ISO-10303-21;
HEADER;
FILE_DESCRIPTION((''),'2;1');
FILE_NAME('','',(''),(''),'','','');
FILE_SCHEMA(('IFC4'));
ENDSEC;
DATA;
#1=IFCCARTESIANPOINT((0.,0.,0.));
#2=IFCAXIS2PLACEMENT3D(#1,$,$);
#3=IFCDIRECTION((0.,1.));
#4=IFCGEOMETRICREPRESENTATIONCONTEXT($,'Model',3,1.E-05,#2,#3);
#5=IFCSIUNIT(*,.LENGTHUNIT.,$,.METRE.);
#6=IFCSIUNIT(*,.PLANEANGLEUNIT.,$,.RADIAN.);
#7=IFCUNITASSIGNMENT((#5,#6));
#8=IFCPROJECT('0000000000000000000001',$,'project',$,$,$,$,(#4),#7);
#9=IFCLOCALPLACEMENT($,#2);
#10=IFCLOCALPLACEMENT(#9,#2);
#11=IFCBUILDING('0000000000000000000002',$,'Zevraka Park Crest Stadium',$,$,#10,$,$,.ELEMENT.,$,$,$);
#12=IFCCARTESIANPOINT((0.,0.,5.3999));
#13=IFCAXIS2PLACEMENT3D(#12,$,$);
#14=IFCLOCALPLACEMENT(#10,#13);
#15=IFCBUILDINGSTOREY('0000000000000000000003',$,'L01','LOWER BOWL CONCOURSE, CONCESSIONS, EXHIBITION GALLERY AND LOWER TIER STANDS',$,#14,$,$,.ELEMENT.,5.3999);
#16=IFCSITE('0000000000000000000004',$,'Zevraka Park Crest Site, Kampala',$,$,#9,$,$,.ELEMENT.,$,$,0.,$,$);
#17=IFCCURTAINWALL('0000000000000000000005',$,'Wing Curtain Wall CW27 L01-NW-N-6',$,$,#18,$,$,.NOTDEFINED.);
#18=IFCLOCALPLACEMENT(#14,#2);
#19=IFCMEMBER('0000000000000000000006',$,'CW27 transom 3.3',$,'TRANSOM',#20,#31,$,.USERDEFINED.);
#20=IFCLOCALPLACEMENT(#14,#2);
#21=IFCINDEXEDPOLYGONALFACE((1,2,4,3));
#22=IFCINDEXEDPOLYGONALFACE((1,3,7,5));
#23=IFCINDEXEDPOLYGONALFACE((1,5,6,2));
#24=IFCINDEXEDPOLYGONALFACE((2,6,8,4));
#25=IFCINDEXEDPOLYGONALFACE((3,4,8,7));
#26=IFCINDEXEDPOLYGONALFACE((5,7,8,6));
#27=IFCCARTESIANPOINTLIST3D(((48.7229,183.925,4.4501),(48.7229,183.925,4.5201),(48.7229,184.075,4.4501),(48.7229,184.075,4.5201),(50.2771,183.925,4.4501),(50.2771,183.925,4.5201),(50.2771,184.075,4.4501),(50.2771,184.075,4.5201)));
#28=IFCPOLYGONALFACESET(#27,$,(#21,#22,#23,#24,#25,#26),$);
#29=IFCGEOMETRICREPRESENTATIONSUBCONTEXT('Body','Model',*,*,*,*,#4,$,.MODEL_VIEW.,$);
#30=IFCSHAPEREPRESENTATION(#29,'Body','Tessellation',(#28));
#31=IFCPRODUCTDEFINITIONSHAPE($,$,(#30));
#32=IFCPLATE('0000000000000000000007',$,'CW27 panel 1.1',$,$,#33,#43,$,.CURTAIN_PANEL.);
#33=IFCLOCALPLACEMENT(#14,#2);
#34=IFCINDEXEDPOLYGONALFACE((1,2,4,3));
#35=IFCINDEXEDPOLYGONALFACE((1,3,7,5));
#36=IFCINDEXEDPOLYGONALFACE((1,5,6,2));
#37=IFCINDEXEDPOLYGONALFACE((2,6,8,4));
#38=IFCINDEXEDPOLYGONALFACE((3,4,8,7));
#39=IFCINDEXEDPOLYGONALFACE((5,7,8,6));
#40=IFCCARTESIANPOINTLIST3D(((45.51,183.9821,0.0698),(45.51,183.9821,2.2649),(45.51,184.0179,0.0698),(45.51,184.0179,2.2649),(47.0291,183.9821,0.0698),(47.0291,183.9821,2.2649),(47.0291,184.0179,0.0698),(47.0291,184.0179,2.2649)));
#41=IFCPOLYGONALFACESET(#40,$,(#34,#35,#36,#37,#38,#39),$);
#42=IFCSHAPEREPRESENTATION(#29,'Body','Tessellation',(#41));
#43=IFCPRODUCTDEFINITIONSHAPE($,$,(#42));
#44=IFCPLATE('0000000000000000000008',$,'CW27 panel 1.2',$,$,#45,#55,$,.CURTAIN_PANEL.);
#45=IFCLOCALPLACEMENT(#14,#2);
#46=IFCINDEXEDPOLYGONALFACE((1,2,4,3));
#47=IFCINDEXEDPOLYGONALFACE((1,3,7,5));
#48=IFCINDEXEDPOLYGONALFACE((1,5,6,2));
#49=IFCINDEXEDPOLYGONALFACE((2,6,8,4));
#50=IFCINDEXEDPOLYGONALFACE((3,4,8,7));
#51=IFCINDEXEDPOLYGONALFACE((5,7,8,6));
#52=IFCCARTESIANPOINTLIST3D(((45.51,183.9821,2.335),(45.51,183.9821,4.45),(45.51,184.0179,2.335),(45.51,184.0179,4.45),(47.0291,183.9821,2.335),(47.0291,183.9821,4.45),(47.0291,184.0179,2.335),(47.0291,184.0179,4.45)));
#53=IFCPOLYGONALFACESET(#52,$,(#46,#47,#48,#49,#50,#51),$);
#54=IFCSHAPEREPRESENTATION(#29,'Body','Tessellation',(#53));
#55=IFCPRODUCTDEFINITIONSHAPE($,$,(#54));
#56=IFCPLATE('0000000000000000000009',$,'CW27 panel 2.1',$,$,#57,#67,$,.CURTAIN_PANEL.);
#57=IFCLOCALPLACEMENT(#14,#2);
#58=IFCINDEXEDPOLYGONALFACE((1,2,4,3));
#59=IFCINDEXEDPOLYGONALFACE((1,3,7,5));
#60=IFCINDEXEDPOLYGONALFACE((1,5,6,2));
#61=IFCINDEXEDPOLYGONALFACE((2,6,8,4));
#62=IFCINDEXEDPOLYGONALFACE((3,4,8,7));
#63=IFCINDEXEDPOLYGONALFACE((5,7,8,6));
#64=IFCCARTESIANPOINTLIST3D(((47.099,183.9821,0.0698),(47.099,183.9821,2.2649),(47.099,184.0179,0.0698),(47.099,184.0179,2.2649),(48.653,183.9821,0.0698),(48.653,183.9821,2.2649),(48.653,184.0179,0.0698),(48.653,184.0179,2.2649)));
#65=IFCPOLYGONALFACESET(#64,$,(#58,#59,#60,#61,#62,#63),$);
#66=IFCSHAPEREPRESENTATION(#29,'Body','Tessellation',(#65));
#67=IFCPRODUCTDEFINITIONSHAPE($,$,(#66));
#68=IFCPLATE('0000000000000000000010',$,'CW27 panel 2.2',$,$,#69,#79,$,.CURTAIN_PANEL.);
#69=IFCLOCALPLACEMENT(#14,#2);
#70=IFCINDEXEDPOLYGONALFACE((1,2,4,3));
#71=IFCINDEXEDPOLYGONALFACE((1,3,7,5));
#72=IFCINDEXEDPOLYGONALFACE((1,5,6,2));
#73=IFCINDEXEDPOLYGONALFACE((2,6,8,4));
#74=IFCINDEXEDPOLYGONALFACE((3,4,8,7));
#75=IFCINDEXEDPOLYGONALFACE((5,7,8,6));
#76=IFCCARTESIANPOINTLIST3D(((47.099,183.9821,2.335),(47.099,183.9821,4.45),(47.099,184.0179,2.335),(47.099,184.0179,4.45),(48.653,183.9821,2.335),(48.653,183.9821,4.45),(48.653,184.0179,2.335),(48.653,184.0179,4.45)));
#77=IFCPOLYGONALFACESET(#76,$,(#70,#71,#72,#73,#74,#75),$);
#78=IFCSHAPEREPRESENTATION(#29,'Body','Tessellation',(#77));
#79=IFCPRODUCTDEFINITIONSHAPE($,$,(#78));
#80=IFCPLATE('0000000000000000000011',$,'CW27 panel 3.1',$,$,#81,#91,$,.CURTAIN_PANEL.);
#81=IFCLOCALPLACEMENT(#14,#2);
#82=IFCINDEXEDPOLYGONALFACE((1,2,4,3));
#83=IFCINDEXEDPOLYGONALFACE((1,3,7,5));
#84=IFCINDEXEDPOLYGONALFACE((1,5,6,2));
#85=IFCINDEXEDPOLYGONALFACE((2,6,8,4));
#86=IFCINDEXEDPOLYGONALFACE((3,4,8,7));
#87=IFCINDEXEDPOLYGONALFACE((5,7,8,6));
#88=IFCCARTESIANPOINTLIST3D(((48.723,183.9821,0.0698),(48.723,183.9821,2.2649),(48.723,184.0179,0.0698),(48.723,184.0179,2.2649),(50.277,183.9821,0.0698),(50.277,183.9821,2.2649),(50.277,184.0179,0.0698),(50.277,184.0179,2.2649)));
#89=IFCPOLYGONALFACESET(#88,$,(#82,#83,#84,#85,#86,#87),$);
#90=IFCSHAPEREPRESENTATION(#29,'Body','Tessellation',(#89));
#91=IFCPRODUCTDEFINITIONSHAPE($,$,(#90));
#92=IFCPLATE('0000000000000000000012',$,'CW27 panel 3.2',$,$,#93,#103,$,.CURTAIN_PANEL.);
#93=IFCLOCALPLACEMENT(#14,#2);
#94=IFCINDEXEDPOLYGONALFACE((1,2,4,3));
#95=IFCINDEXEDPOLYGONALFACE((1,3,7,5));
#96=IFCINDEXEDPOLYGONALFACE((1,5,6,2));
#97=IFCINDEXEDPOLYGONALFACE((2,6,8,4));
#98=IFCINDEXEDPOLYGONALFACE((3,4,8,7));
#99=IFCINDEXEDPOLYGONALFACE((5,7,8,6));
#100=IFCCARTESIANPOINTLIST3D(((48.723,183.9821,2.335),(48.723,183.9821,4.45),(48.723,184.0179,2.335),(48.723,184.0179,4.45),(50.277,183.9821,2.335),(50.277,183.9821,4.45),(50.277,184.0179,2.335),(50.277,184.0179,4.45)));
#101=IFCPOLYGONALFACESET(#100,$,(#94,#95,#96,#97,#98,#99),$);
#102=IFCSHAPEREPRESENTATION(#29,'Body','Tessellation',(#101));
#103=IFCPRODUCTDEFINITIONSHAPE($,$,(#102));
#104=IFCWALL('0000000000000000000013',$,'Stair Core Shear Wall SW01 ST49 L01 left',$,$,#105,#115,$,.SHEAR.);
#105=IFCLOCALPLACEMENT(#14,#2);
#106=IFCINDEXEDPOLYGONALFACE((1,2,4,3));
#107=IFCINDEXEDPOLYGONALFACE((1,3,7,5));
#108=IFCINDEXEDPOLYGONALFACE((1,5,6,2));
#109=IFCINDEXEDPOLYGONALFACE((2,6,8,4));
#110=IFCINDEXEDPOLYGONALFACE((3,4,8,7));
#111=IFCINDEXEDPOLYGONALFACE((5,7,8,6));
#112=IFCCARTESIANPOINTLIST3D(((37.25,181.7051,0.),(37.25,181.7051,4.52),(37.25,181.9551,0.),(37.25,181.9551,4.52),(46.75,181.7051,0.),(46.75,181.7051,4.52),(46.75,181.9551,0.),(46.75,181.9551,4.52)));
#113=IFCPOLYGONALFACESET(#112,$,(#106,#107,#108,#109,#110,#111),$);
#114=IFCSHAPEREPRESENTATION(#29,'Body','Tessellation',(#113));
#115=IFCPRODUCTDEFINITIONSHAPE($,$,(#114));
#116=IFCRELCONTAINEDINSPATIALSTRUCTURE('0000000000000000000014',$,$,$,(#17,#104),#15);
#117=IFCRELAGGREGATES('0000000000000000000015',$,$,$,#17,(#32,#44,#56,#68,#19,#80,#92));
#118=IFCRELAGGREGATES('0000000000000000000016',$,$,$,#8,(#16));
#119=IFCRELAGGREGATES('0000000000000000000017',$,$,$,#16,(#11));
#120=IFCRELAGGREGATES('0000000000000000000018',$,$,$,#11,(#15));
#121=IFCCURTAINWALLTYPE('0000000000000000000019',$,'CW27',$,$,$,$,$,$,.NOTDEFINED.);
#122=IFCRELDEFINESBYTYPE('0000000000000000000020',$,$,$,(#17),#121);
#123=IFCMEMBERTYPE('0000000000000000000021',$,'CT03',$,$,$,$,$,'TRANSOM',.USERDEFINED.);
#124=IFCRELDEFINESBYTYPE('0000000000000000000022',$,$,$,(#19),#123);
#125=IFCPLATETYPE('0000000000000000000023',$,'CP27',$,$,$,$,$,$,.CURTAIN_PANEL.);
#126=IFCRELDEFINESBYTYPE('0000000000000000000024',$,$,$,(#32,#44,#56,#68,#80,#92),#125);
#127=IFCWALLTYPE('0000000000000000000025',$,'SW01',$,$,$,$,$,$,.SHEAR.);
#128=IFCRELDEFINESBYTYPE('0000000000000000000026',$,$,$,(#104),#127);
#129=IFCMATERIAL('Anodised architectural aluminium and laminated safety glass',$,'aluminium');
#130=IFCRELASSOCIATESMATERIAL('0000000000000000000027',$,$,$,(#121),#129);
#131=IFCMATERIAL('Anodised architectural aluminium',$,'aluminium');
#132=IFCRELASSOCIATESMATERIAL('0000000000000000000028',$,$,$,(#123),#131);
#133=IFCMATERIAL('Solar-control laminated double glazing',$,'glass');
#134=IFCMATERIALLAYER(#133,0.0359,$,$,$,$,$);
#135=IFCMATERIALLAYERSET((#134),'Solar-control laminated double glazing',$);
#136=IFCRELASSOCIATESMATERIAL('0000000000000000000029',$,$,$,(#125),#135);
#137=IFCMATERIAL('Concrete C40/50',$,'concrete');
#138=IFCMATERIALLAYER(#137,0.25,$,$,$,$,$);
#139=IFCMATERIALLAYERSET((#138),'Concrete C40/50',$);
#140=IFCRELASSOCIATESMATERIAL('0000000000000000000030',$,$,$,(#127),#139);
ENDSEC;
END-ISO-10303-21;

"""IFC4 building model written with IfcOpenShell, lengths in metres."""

from ifc_helpers import new_model, si_unit, direction, frame, frame_2d, origin, origin_2d, place, context, subcontext, project, spatial, rectangle, extrude, material, layer, layer_set, material_profile, profile_set, type_object, element, aggregate, save


model = new_model("IFC4")

# Units and contexts
model_context = context("Model", 3, precision=1e-05, world=origin(), true_north=direction((0.0, 1.0)))
body_context = subcontext(model_context, "Body", "Model", "MODEL_VIEW")
ifc_project = project(units=[si_unit("LENGTHUNIT", "METRE"), si_unit("PLANEANGLEUNIT", "RADIAN")], contexts=[model_context])

# Site, building, storey
site_placement = place(None, origin())
site = spatial("IfcSite", under=ifc_project, at=site_placement, Name="Zevraka Park Crest Site, Kampala", CompositionType="ELEMENT", RefElevation=0.0)
building_placement = place(site_placement, origin())
building = spatial("IfcBuilding", under=site, at=building_placement, Name="Zevraka Park Crest Stadium", CompositionType="ELEMENT")
storey_placement = place(building_placement, frame((0.0, 0.0, 5.3999)))
storey = spatial("IfcBuildingStorey", under=building, at=storey_placement, Name="L01", Description="LOWER BOWL CONCOURSE, CONCESSIONS, EXHIBITION GALLERY AND LOWER TIER STANDS", CompositionType="ELEMENT", Elevation=5.3999)

# Curtain wall, member, plates
ifc_material_1 = material(Name="Anodised architectural aluminium and laminated safety glass", Category="aluminium")
curtain_wall_type = type_object("IfcCurtainWallType", Name="CW27", PredefinedType="NOTDEFINED", material=ifc_material_1)
curtain_wall_placement = place(storey_placement, origin())
curtain_wall = element("IfcCurtainWall", 1, at=curtain_wall_placement, inside=storey, type_object=curtain_wall_type, Name="Wing Curtain Wall CW27 L01-NW-N-6", PredefinedType="NOTDEFINED")
ifc_material_2 = material(Name="Anodised architectural aluminium", Category="aluminium")
ifc_material_profile_1 = material_profile(ifc_material_2, rectangle(XDim=0.1499, YDim=0.0701, at=origin_2d()), Name="ALU TRANSOM 150x70")
ifc_profile_set_1 = profile_set([ifc_material_profile_1], Name="Anodised architectural aluminium")
member_type_1 = type_object("IfcMemberType", Name="CT03", ElementType="TRANSOM", PredefinedType="USERDEFINED", material=ifc_profile_set_1)
member_1_placement = place(storey_placement, frame((48.7229, 184.0, 4.4851), z_axis=(1.0, 0.0, 0.0), x_axis=(0.0, 1.0, 0.0)))
member_1 = element("IfcMember", 2, at=member_1_placement, type_object=member_type_1, Name="CW27 transom 3.3", ObjectType="TRANSOM", PredefinedType="USERDEFINED", context=body_context, shape_type="SweptSolid", body=[
    extrude(rectangle(XDim=0.1499, YDim=0.0701, at=origin_2d()), origin(), (0.0, 0.0, 1.0), 1.5542),
])
ifc_material_3 = material(Name="Solar-control laminated double glazing", Category="glass")
ifc_layer_1 = layer(ifc_material_3, 0.0359)
ifc_layer_set_1 = layer_set([ifc_layer_1], Name="Solar-control laminated double glazing")
plate_type = type_object("IfcPlateType", Name="CP27", PredefinedType="CURTAIN_PANEL", material=ifc_layer_set_1)
plate_1_placement = place(storey_placement, frame((46.2695, 184.0, 0.0698), z_axis=(0.0, 0.0, 1.0), x_axis=(1.0, 0.0, 0.0)))
plate_1 = element("IfcPlate", 3, at=plate_1_placement, type_object=plate_type, Name="CW27 panel 1.1", PredefinedType="CURTAIN_PANEL", context=body_context, shape_type="SweptSolid", body=[
    extrude(rectangle(XDim=1.519, YDim=0.0359, at=origin_2d()), origin(), (0.0, 0.0, 1.0), 2.1951),
])
plate_2_placement = place(storey_placement, frame((46.2695, 184.0, 2.335), z_axis=(0.0, 0.0, 1.0), x_axis=(1.0, 0.0, 0.0)))
plate_2 = element("IfcPlate", 4, at=plate_2_placement, type_object=plate_type, Name="CW27 panel 1.2", PredefinedType="CURTAIN_PANEL", context=body_context, shape_type="SweptSolid", body=[
    extrude(rectangle(XDim=1.519, YDim=0.0359, at=origin_2d()), origin(), (0.0, 0.0, 1.0), 2.115),
])
plate_3_placement = place(storey_placement, frame((47.876, 184.0, 0.0698), z_axis=(0.0, 0.0, 1.0), x_axis=(1.0, 0.0, 0.0)))
plate_3 = element("IfcPlate", 5, at=plate_3_placement, type_object=plate_type, Name="CW27 panel 2.1", PredefinedType="CURTAIN_PANEL", context=body_context, shape_type="SweptSolid", body=[
    extrude(rectangle(XDim=1.554, YDim=0.0359, at=origin_2d()), origin(), (0.0, 0.0, 1.0), 2.1951),
])
plate_4_placement = place(storey_placement, frame((47.876, 184.0, 2.335), z_axis=(0.0, 0.0, 1.0), x_axis=(1.0, 0.0, 0.0)))
plate_4 = element("IfcPlate", 6, at=plate_4_placement, type_object=plate_type, Name="CW27 panel 2.2", PredefinedType="CURTAIN_PANEL", context=body_context, shape_type="SweptSolid", body=[
    extrude(rectangle(XDim=1.554, YDim=0.0359, at=origin_2d()), origin(), (0.0, 0.0, 1.0), 2.115),
])
plate_5_placement = place(storey_placement, frame((49.5, 184.0, 0.0698), z_axis=(0.0, 0.0, 1.0), x_axis=(1.0, 0.0, 0.0)))
plate_5 = element("IfcPlate", 7, at=plate_5_placement, type_object=plate_type, Name="CW27 panel 3.1", PredefinedType="CURTAIN_PANEL", context=body_context, shape_type="SweptSolid", body=[
    extrude(rectangle(XDim=1.554, YDim=0.0359, at=origin_2d()), origin(), (0.0, 0.0, 1.0), 2.1951),
])
plate_6_placement = place(storey_placement, frame((49.5, 184.0, 2.335), z_axis=(0.0, 0.0, 1.0), x_axis=(1.0, 0.0, 0.0)))
plate_6 = element("IfcPlate", 8, at=plate_6_placement, type_object=plate_type, Name="CW27 panel 3.2", PredefinedType="CURTAIN_PANEL", context=body_context, shape_type="SweptSolid", body=[
    extrude(rectangle(XDim=1.554, YDim=0.0359, at=origin_2d()), origin(), (0.0, 0.0, 1.0), 2.115),
])
aggregate(curtain_wall, [plate_1, plate_2, plate_3, plate_4, member_1, plate_5, plate_6])

# Wall
ifc_material_4 = material(Name="Concrete C40/50", Category="concrete")
ifc_layer_2 = layer(ifc_material_4, 0.25)
ifc_layer_set_2 = layer_set([ifc_layer_2], Name="Concrete C40/50")
wall_type = type_object("IfcWallType", Name="SW01", PredefinedType="SHEAR", material=ifc_layer_set_2)
wall_placement = place(storey_placement, frame((46.75, 181.8301, 0.0), z_axis=(0.0, 0.0, 1.0), x_axis=(-1.0, 0.0, 0.0)))
element("IfcWall", 9, at=wall_placement, inside=storey, type_object=wall_type, Name="Stair Core Shear Wall SW01 ST49 L01 left", PredefinedType="SHEAR", context=body_context, shape_type="SweptSolid", body=[
    extrude(rectangle(XDim=9.5, YDim=0.25, at=frame_2d((4.75, 0.0))), origin(), (0.0, 0.0, 1.0), 4.52),
])

save(model, "model.ifc")
